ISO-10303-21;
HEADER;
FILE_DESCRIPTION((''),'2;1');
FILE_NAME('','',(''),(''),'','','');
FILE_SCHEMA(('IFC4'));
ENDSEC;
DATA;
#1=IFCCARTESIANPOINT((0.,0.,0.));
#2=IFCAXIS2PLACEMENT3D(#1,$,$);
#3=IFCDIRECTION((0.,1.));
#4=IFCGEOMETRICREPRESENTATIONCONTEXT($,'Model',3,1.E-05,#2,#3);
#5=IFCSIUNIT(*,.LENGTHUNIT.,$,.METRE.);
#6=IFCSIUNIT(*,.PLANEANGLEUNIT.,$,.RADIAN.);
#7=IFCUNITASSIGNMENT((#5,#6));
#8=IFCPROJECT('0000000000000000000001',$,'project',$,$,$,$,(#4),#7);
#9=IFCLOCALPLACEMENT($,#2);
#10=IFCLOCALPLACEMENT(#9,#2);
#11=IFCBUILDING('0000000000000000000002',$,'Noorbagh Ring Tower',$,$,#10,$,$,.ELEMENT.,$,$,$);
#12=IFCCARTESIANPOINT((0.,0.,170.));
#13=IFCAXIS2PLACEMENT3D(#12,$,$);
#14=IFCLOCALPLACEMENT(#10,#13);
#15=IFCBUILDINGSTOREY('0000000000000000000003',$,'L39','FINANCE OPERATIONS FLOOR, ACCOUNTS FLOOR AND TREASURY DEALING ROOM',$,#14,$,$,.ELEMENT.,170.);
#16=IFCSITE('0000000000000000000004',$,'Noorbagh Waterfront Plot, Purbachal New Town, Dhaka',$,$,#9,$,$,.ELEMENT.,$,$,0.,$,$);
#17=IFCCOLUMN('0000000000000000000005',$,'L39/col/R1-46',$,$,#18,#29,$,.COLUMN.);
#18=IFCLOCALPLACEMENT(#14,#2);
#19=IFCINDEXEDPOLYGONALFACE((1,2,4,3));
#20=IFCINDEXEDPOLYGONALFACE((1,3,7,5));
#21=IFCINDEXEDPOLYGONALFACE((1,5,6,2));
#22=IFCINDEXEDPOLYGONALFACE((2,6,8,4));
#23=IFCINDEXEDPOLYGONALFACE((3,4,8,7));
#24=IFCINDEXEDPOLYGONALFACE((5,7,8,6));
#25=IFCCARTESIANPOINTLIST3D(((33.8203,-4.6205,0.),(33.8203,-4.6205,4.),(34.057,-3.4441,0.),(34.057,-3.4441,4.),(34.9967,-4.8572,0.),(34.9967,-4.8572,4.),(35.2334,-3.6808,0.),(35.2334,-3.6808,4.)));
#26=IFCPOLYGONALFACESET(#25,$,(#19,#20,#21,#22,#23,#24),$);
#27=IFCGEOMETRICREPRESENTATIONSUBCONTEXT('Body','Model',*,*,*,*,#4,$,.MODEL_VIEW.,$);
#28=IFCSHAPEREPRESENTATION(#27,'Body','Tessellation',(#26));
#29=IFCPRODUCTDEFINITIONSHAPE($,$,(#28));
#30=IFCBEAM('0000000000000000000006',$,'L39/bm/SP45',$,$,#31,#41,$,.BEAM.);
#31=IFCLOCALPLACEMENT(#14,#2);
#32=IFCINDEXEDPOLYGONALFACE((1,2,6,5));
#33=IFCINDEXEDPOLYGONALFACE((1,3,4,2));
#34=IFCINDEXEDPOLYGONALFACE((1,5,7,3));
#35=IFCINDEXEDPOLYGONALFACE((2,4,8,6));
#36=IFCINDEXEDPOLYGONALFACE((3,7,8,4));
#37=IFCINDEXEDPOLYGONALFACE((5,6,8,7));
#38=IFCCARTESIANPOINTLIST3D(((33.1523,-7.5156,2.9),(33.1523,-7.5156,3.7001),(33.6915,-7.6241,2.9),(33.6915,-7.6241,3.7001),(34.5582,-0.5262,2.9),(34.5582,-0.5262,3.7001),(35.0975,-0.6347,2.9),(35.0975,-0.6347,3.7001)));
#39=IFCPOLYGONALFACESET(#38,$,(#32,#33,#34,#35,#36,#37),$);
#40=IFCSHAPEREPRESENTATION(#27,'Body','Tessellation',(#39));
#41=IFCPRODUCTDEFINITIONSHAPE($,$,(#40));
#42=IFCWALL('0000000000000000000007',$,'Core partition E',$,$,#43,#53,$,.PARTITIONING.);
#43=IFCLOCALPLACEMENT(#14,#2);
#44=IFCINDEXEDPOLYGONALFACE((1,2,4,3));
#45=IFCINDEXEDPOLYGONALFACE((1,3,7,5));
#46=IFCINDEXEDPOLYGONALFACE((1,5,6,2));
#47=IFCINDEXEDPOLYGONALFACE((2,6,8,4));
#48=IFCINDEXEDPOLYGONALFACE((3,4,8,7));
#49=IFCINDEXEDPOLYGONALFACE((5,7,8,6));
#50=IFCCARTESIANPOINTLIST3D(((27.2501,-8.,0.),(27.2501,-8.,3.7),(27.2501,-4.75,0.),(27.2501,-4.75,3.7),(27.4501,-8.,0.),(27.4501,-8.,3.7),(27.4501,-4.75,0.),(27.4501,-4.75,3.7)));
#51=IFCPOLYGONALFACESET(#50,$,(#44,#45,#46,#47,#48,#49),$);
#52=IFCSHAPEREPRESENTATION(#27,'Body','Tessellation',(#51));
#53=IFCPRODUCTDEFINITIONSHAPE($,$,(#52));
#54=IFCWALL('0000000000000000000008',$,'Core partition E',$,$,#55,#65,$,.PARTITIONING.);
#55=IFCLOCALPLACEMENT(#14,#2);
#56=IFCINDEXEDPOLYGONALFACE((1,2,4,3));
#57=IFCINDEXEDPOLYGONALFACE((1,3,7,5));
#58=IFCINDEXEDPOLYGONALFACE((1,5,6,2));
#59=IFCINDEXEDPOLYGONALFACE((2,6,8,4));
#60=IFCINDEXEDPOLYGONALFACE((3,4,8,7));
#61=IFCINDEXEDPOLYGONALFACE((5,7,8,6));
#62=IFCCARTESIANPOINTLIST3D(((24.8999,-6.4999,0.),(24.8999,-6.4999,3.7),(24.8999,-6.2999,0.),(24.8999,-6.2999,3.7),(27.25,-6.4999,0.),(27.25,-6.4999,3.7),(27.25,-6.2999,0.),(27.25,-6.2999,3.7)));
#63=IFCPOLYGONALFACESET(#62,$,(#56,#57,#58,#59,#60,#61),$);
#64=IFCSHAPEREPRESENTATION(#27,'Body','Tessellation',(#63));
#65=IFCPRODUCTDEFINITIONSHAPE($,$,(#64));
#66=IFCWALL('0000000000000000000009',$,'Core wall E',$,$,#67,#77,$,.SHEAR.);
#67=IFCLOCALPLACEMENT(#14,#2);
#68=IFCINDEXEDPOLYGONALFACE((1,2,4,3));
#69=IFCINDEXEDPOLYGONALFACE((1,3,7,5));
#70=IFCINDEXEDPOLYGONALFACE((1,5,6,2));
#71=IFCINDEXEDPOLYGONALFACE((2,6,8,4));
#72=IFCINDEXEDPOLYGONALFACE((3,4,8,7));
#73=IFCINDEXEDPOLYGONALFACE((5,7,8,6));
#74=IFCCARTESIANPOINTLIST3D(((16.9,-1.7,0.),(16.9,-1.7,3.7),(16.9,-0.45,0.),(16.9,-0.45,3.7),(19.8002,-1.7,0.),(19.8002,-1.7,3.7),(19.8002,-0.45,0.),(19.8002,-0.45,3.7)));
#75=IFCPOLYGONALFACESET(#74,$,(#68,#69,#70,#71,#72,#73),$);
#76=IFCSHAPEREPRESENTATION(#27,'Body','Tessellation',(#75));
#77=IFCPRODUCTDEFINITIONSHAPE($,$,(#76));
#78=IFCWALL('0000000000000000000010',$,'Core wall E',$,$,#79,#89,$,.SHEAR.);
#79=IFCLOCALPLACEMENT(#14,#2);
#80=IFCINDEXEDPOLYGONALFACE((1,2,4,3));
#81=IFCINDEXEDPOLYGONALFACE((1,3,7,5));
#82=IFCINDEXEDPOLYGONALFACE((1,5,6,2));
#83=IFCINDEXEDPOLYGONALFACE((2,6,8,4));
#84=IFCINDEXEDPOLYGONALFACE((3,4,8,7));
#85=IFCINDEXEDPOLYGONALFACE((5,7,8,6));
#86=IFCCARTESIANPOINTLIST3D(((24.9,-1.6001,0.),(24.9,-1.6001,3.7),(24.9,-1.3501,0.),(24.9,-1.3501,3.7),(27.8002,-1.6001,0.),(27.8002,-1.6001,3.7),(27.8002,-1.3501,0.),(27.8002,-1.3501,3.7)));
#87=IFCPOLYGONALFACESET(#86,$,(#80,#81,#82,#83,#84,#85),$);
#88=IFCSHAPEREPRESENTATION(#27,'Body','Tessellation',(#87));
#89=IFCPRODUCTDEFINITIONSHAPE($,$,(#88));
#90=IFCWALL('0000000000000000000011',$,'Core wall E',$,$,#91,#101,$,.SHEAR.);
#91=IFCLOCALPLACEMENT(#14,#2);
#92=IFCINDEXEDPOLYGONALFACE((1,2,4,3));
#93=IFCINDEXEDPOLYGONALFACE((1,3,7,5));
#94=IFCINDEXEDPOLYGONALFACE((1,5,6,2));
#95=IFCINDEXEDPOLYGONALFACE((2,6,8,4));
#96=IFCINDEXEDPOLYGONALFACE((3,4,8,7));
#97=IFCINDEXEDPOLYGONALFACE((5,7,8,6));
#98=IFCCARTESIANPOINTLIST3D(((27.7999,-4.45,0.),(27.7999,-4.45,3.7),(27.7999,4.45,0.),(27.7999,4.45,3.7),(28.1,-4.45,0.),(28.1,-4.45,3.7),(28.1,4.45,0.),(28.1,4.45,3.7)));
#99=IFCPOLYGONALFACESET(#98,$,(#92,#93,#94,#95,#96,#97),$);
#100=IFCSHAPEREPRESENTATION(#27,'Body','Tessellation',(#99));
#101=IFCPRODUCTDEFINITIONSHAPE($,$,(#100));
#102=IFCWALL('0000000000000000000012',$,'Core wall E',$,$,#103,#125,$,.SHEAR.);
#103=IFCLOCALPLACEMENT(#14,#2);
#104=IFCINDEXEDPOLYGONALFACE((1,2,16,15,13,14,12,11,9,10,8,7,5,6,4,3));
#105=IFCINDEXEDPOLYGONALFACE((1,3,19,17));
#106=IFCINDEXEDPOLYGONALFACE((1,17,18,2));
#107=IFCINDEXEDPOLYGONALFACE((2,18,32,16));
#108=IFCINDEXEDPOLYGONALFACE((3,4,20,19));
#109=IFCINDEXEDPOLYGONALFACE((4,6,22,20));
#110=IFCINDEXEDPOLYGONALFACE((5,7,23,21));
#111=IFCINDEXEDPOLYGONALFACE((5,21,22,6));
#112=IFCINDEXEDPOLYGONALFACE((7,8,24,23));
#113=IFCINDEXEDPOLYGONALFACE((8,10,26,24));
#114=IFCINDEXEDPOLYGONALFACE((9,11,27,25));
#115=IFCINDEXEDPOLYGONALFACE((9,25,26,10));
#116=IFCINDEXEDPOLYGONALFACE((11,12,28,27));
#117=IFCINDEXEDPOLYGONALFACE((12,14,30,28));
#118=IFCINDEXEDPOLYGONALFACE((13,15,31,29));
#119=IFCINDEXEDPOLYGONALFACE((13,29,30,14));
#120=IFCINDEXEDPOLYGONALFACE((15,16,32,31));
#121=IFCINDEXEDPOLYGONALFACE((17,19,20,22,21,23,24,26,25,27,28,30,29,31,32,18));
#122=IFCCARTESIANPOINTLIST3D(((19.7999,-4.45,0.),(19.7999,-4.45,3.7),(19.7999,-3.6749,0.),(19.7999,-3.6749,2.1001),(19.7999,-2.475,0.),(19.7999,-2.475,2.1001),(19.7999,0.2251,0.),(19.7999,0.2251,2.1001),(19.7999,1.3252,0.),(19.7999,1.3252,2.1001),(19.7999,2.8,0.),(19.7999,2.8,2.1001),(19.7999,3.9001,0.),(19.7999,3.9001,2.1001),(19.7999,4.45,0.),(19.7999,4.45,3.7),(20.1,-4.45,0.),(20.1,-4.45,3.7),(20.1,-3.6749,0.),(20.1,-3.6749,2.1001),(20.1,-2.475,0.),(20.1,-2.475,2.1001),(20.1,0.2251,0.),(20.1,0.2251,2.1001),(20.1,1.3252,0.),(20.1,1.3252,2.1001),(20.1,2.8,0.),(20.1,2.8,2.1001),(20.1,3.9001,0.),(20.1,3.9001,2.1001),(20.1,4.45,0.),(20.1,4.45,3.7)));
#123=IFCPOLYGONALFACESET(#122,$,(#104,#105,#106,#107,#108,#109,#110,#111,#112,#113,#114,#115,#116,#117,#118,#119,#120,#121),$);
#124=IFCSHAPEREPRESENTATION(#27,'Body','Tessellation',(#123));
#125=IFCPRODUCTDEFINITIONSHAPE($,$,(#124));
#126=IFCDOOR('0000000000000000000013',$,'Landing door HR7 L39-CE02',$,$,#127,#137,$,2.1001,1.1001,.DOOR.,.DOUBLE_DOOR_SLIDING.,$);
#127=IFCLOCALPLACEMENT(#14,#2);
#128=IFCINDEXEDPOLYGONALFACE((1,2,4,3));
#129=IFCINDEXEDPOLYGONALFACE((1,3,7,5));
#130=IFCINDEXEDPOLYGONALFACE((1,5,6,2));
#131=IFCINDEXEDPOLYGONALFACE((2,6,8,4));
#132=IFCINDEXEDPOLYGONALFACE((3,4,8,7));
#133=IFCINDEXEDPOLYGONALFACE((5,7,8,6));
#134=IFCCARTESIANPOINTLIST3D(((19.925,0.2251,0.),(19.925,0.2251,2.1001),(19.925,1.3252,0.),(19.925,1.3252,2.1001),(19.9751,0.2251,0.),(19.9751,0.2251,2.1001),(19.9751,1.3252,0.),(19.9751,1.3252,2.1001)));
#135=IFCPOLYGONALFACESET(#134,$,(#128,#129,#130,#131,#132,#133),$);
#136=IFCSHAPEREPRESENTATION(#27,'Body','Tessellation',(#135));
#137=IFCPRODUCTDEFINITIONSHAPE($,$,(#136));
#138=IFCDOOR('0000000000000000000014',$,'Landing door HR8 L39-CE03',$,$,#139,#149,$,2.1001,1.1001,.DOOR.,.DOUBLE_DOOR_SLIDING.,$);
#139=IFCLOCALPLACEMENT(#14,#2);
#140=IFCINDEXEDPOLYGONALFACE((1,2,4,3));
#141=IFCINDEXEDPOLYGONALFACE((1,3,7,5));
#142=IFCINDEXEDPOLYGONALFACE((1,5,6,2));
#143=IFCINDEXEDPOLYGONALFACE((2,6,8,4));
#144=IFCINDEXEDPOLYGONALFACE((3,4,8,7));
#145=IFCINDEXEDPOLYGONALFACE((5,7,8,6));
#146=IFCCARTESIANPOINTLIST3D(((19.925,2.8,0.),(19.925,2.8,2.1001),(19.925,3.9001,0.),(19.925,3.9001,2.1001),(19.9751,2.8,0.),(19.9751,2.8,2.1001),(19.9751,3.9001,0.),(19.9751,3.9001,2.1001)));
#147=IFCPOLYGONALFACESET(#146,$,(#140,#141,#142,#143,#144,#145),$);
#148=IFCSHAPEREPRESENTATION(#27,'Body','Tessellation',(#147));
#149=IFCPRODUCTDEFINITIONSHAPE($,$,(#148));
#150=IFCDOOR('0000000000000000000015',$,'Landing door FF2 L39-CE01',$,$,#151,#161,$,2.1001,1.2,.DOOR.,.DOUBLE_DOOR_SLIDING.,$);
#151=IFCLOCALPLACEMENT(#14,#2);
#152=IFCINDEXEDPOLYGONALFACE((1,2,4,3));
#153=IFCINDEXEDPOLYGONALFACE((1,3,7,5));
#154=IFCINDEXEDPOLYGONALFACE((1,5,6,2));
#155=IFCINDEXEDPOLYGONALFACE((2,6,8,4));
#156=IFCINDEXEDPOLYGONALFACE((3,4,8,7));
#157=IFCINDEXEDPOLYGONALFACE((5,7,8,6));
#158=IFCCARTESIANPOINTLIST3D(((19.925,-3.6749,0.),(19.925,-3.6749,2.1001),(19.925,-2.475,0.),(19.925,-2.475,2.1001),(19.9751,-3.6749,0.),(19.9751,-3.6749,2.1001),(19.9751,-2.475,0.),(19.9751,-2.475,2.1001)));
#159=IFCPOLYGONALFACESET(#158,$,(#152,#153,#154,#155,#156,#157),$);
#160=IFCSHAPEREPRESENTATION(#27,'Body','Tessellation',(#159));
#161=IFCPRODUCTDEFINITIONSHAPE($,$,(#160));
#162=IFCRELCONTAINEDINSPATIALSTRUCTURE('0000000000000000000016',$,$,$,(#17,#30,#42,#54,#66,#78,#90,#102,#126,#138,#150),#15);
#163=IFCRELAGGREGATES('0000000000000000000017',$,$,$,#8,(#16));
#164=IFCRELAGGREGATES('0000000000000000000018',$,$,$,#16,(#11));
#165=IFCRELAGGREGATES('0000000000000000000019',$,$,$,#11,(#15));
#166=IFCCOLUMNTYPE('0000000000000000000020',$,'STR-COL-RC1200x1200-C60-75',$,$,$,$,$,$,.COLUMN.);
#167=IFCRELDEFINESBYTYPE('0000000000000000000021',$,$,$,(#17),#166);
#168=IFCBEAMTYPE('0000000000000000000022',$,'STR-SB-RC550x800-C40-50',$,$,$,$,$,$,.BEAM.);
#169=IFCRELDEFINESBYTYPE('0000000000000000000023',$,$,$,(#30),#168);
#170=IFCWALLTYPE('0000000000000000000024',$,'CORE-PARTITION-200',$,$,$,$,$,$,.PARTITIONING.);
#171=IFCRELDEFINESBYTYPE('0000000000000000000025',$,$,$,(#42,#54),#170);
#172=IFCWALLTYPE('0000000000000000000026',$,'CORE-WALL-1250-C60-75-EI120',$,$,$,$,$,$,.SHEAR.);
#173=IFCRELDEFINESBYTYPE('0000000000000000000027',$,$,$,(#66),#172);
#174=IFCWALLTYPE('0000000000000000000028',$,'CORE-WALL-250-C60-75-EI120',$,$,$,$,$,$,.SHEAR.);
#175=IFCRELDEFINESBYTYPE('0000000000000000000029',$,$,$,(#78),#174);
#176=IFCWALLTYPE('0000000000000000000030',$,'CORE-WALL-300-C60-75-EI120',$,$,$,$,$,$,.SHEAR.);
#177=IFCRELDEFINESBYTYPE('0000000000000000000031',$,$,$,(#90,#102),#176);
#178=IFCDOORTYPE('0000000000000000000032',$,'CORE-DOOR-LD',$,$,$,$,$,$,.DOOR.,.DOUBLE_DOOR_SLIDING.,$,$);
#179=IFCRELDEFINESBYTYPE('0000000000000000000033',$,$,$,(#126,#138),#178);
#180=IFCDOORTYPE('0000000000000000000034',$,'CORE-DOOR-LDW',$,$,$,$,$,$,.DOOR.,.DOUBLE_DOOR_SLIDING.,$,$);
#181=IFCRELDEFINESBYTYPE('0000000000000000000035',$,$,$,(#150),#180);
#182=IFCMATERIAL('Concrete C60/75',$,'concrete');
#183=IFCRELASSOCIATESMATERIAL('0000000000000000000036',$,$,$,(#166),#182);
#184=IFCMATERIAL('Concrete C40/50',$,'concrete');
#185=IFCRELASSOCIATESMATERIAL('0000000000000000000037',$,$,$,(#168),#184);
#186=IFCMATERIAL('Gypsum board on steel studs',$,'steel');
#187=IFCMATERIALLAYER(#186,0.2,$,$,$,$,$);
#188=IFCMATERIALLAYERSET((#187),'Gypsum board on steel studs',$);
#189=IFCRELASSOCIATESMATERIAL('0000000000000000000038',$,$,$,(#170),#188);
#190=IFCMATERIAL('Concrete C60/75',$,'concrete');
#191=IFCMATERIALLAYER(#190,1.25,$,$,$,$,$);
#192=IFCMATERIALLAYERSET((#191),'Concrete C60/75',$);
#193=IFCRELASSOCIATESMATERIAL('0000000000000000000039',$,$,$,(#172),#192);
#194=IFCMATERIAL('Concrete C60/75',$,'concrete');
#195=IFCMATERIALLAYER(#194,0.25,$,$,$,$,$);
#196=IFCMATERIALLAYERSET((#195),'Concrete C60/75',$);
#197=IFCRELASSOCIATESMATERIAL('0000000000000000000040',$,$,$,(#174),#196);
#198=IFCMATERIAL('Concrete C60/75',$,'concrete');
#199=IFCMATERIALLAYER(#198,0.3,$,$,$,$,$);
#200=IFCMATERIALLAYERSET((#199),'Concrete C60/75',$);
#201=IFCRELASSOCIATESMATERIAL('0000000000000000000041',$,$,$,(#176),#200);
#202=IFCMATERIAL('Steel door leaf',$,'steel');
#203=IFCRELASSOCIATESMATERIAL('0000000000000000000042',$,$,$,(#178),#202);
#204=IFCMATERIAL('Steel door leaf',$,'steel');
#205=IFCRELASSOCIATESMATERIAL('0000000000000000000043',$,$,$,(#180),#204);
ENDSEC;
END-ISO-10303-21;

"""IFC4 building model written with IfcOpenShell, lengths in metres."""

from ifc_helpers import new_model, si_unit, direction, frame, frame_2d, origin, origin_2d, place, context, subcontext, project, spatial, rectangle, extrude, material, layer, layer_set, material_profile, profile_set, type_object, element, fill, save


model = new_model("IFC4")

# Units and contexts
model_context = context("Model", 3, precision=1e-05, world=origin(), true_north=direction((0.0, 1.0)))
body_context = subcontext(model_context, "Body", "Model", "MODEL_VIEW")
ifc_project = project(units=[si_unit("LENGTHUNIT", "METRE"), si_unit("PLANEANGLEUNIT", "RADIAN")], contexts=[model_context])

# Site, building, storey
site_placement = place(None, origin())
site = spatial("IfcSite", under=ifc_project, at=site_placement, Name="Noorbagh Waterfront Plot, Purbachal New Town, Dhaka", CompositionType="ELEMENT", RefElevation=0.0)
building_placement = place(site_placement, origin())
building = spatial("IfcBuilding", under=site, at=building_placement, Name="Noorbagh Ring Tower", CompositionType="ELEMENT")
storey_placement = place(building_placement, frame((0.0, 0.0, 170.0)))
storey = spatial("IfcBuildingStorey", under=building, at=storey_placement, Name="L39", Description="FINANCE OPERATIONS FLOOR, ACCOUNTS FLOOR AND TREASURY DEALING ROOM", CompositionType="ELEMENT", Elevation=170.0)

# Column
ifc_material_1 = material(Name="Concrete C60/75", Category="concrete")
ifc_material_profile_1 = material_profile(ifc_material_1, rectangle(XDim=1.2, YDim=1.2, at=origin_2d()), Name="RC1200x1200")
ifc_profile_set_1 = profile_set([ifc_material_profile_1], Name="Concrete C60/75")
column_type = type_object("IfcColumnType", Name="STR-COL-RC1200x1200-C60-75", PredefinedType="COLUMN", material=ifc_profile_set_1)
column_placement = place(storey_placement, frame((34.5269, -4.1506, 0.0), z_axis=(0.0, 0.0, 1.0), x_axis=(0.19723, 0.980357, 0.0)))
element("IfcColumn", 1, at=column_placement, inside=storey, type_object=column_type, Name="L39/col/R1-46", PredefinedType="COLUMN", context=body_context, shape_type="SweptSolid", body=[
    extrude(rectangle(XDim=1.2, YDim=1.2, at=origin_2d()), origin(), (0.0, 0.0, 1.0), 4.0),
])

# Beam
ifc_material_2 = material(Name="Concrete C40/50", Category="concrete")
ifc_material_profile_2 = material_profile(ifc_material_2, rectangle(XDim=0.55, YDim=0.8, at=origin_2d()), Name="RC550x800")
ifc_profile_set_2 = profile_set([ifc_material_profile_2], Name="Concrete C40/50")
beam_type = type_object("IfcBeamType", Name="STR-SB-RC550x800-C40-50", PredefinedType="BEAM", material=ifc_profile_set_2)
beam_placement = place(storey_placement, frame((33.4219, -7.5698, 3.3), z_axis=(0.197209, 0.980361, 0.0), x_axis=(-0.980361, 0.197209, 0.0)))
element("IfcBeam", 2, at=beam_placement, inside=storey, type_object=beam_type, Name="L39/bm/SP45", PredefinedType="BEAM", context=body_context, shape_type="SweptSolid", body=[
    extrude(rectangle(XDim=0.55, YDim=0.8, at=origin_2d()), origin(), (0.0, 0.0, 1.0), 7.1294),
])

# Walls
ifc_material_3 = material(Name="Gypsum board on steel studs", Category="steel")
ifc_layer_1 = layer(ifc_material_3, 0.2)
ifc_layer_set_1 = layer_set([ifc_layer_1], Name="Gypsum board on steel studs")
wall_type_1 = type_object("IfcWallType", Name="CORE-PARTITION-200", PredefinedType="PARTITIONING", material=ifc_layer_set_1)
wall_1_placement = place(storey_placement, frame((27.3501, -8.0, 0.0), z_axis=(0.0, 0.0, 1.0), x_axis=(0.0, 1.0, 0.0)))
element("IfcWall", 3, at=wall_1_placement, inside=storey, type_object=wall_type_1, Name="Core partition E", PredefinedType="PARTITIONING", context=body_context, shape_type="SweptSolid", body=[
    extrude(rectangle(XDim=3.25, YDim=0.2, at=frame_2d((1.625, 0.0))), origin(), (0.0, 0.0, 1.0), 3.7),
])
wall_2_placement = place(storey_placement, frame((24.8999, -6.3999, 0.0), z_axis=(0.0, 0.0, 1.0), x_axis=(1.0, 0.0, 0.0)))
element("IfcWall", 4, at=wall_2_placement, inside=storey, type_object=wall_type_1, Name="Core partition E", PredefinedType="PARTITIONING", context=body_context, shape_type="SweptSolid", body=[
    extrude(rectangle(XDim=2.3501, YDim=0.2, at=frame_2d((1.175, 0.0))), origin(), (0.0, 0.0, 1.0), 3.7),
])
ifc_material_4 = material(Name="Concrete C60/75", Category="concrete")
ifc_layer_2 = layer(ifc_material_4, 1.25)
ifc_layer_set_2 = layer_set([ifc_layer_2], Name="Concrete C60/75")
wall_type_2 = type_object("IfcWallType", Name="CORE-WALL-1250-C60-75-EI120", PredefinedType="SHEAR", material=ifc_layer_set_2)
wall_3_placement = place(storey_placement, frame((16.8999, -1.075, 0.0), z_axis=(0.0, 0.0, 1.0), x_axis=(1.0, 0.0, 0.0)))
element("IfcWall", 5, at=wall_3_placement, inside=storey, type_object=wall_type_2, Name="Core wall E", PredefinedType="SHEAR", context=body_context, shape_type="SweptSolid", body=[
    extrude(rectangle(XDim=2.9001, YDim=1.25, at=frame_2d((1.4502, 0.0))), origin(), (0.0, 0.0, 1.0), 3.7),
])
ifc_material_5 = material(Name="Concrete C60/75", Category="concrete")
ifc_layer_3 = layer(ifc_material_5, 0.25)
ifc_layer_set_3 = layer_set([ifc_layer_3], Name="Concrete C60/75")
wall_type_3 = type_object("IfcWallType", Name="CORE-WALL-250-C60-75-EI120", PredefinedType="SHEAR", material=ifc_layer_set_3)
wall_4_placement = place(storey_placement, frame((24.8999, -1.4751, 0.0), z_axis=(0.0, 0.0, 1.0), x_axis=(1.0, 0.0, 0.0)))
element("IfcWall", 6, at=wall_4_placement, inside=storey, type_object=wall_type_3, Name="Core wall E", PredefinedType="SHEAR", context=body_context, shape_type="SweptSolid", body=[
    extrude(rectangle(XDim=2.9001, YDim=0.25, at=frame_2d((1.4502, 0.0))), origin(), (0.0, 0.0, 1.0), 3.7),
])
ifc_material_6 = material(Name="Concrete C60/75", Category="concrete")
ifc_layer_4 = layer(ifc_material_6, 0.3)
ifc_layer_set_4 = layer_set([ifc_layer_4], Name="Concrete C60/75")
wall_type_4 = type_object("IfcWallType", Name="CORE-WALL-300-C60-75-EI120", PredefinedType="SHEAR", material=ifc_layer_set_4)
wall_5_placement = place(storey_placement, frame((27.95, -4.45, 0.0), z_axis=(0.0, 0.0, 1.0), x_axis=(0.0, 1.0, 0.0)))
element("IfcWall", 7, at=wall_5_placement, inside=storey, type_object=wall_type_4, Name="Core wall E", PredefinedType="SHEAR", context=body_context, shape_type="SweptSolid", body=[
    extrude(rectangle(XDim=8.8999, YDim=0.3, at=frame_2d((4.45, 0.0))), origin(), (0.0, 0.0, 1.0), 3.7),
])

# Wall, openings, doors
wall_6_placement = place(storey_placement, frame((19.95, -4.45, 0.0), z_axis=(0.0, 0.0, 1.0), x_axis=(0.0, 1.0, 0.0)))
wall_6 = element("IfcWall", 8, at=wall_6_placement, inside=storey, type_object=wall_type_4, Name="Core wall E", PredefinedType="SHEAR", context=body_context, shape_type="SweptSolid", body=[
    extrude(rectangle(XDim=8.8999, YDim=0.3, at=frame_2d((4.45, 0.0))), origin(), (0.0, 0.0, 1.0), 3.7),
])
opening_1_placement = place(wall_6_placement, frame((0.7749, 0.0, 0.0)))
opening_1 = element("IfcOpeningElement", 9, at=opening_1_placement, cuts=wall_6, PredefinedType="OPENING", context=body_context, shape_type="SweptSolid", body=[
    extrude(rectangle(XDim=1.2, YDim=2.1001, at=frame_2d((0.6001, 1.05))), frame((0.0, 0.1602, 0.0), z_axis=(0.0, -1.0, 0.0), x_axis=(1.0, 0.0, 0.0)), (0.0, 0.0, 1.0), 0.3201),
])
opening_2_placement = place(wall_6_placement, frame((4.675, 0.0, 0.0)))
opening_2 = element("IfcOpeningElement", 10, at=opening_2_placement, cuts=wall_6, PredefinedType="OPENING", context=body_context, shape_type="SweptSolid", body=[
    extrude(rectangle(XDim=1.1001, YDim=2.1001, at=frame_2d((0.55, 1.05))), frame((0.0, 0.1602, 0.0), z_axis=(0.0, -1.0, 0.0), x_axis=(1.0, 0.0, 0.0)), (0.0, 0.0, 1.0), 0.3201),
])
opening_3_placement = place(wall_6_placement, frame((7.25, 0.0, 0.0)))
opening_3 = element("IfcOpeningElement", 11, at=opening_3_placement, cuts=wall_6, PredefinedType="OPENING", context=body_context, shape_type="SweptSolid", body=[
    extrude(rectangle(XDim=1.1001, YDim=2.1001, at=frame_2d((0.55, 1.05))), frame((0.0, 0.1602, 0.0), z_axis=(0.0, -1.0, 0.0), x_axis=(1.0, 0.0, 0.0)), (0.0, 0.0, 1.0), 0.3201),
])
ifc_material_7 = material(Name="Steel door leaf", Category="steel")
door_type_1 = type_object("IfcDoorType", Name="CORE-DOOR-LD", OperationType="DOUBLE_DOOR_SLIDING", PredefinedType="DOOR", material=ifc_material_7)
door_1_placement = place(opening_2_placement, origin())
door_1 = element("IfcDoor", 12, at=door_1_placement, inside=storey, type_object=door_type_1, Name="Landing door HR7 L39-CE02", OperationType="DOUBLE_DOOR_SLIDING", OverallHeight=2.1001, OverallWidth=1.1001, PredefinedType="DOOR", context=body_context, shape_type="SweptSolid", body=[
    extrude(rectangle(XDim=1.1001, YDim=2.1001, at=frame_2d((0.55, 1.05))), frame((0.0, 0.0249, 0.0), z_axis=(0.0, -1.0, 0.0), x_axis=(1.0, 0.0, 0.0)), (0.0, 0.0, 1.0), 0.05),
])
fill(opening_2, door_1)
door_2_placement = place(opening_3_placement, origin())
door_2 = element("IfcDoor", 13, at=door_2_placement, inside=storey, type_object=door_type_1, Name="Landing door HR8 L39-CE03", OperationType="DOUBLE_DOOR_SLIDING", OverallHeight=2.1001, OverallWidth=1.1001, PredefinedType="DOOR", context=body_context, shape_type="SweptSolid", body=[
    extrude(rectangle(XDim=1.1001, YDim=2.1001, at=frame_2d((0.55, 1.05))), frame((0.0, 0.0249, 0.0), z_axis=(0.0, -1.0, 0.0), x_axis=(1.0, 0.0, 0.0)), (0.0, 0.0, 1.0), 0.05),
])
fill(opening_3, door_2)
ifc_material_8 = material(Name="Steel door leaf", Category="steel")
door_type_2 = type_object("IfcDoorType", Name="CORE-DOOR-LDW", OperationType="DOUBLE_DOOR_SLIDING", PredefinedType="DOOR", material=ifc_material_8)
door_3_placement = place(opening_1_placement, origin())
door_3 = element("IfcDoor", 14, at=door_3_placement, inside=storey, type_object=door_type_2, Name="Landing door FF2 L39-CE01", OperationType="DOUBLE_DOOR_SLIDING", OverallHeight=2.1001, OverallWidth=1.2, PredefinedType="DOOR", context=body_context, shape_type="SweptSolid", body=[
    extrude(rectangle(XDim=1.2, YDim=2.1001, at=frame_2d((0.6001, 1.05))), frame((0.0, 0.0249, 0.0), z_axis=(0.0, -1.0, 0.0), x_axis=(1.0, 0.0, 0.0)), (0.0, 0.0, 1.0), 0.05),
])
fill(opening_1, door_3)

save(model, "model.ifc")
